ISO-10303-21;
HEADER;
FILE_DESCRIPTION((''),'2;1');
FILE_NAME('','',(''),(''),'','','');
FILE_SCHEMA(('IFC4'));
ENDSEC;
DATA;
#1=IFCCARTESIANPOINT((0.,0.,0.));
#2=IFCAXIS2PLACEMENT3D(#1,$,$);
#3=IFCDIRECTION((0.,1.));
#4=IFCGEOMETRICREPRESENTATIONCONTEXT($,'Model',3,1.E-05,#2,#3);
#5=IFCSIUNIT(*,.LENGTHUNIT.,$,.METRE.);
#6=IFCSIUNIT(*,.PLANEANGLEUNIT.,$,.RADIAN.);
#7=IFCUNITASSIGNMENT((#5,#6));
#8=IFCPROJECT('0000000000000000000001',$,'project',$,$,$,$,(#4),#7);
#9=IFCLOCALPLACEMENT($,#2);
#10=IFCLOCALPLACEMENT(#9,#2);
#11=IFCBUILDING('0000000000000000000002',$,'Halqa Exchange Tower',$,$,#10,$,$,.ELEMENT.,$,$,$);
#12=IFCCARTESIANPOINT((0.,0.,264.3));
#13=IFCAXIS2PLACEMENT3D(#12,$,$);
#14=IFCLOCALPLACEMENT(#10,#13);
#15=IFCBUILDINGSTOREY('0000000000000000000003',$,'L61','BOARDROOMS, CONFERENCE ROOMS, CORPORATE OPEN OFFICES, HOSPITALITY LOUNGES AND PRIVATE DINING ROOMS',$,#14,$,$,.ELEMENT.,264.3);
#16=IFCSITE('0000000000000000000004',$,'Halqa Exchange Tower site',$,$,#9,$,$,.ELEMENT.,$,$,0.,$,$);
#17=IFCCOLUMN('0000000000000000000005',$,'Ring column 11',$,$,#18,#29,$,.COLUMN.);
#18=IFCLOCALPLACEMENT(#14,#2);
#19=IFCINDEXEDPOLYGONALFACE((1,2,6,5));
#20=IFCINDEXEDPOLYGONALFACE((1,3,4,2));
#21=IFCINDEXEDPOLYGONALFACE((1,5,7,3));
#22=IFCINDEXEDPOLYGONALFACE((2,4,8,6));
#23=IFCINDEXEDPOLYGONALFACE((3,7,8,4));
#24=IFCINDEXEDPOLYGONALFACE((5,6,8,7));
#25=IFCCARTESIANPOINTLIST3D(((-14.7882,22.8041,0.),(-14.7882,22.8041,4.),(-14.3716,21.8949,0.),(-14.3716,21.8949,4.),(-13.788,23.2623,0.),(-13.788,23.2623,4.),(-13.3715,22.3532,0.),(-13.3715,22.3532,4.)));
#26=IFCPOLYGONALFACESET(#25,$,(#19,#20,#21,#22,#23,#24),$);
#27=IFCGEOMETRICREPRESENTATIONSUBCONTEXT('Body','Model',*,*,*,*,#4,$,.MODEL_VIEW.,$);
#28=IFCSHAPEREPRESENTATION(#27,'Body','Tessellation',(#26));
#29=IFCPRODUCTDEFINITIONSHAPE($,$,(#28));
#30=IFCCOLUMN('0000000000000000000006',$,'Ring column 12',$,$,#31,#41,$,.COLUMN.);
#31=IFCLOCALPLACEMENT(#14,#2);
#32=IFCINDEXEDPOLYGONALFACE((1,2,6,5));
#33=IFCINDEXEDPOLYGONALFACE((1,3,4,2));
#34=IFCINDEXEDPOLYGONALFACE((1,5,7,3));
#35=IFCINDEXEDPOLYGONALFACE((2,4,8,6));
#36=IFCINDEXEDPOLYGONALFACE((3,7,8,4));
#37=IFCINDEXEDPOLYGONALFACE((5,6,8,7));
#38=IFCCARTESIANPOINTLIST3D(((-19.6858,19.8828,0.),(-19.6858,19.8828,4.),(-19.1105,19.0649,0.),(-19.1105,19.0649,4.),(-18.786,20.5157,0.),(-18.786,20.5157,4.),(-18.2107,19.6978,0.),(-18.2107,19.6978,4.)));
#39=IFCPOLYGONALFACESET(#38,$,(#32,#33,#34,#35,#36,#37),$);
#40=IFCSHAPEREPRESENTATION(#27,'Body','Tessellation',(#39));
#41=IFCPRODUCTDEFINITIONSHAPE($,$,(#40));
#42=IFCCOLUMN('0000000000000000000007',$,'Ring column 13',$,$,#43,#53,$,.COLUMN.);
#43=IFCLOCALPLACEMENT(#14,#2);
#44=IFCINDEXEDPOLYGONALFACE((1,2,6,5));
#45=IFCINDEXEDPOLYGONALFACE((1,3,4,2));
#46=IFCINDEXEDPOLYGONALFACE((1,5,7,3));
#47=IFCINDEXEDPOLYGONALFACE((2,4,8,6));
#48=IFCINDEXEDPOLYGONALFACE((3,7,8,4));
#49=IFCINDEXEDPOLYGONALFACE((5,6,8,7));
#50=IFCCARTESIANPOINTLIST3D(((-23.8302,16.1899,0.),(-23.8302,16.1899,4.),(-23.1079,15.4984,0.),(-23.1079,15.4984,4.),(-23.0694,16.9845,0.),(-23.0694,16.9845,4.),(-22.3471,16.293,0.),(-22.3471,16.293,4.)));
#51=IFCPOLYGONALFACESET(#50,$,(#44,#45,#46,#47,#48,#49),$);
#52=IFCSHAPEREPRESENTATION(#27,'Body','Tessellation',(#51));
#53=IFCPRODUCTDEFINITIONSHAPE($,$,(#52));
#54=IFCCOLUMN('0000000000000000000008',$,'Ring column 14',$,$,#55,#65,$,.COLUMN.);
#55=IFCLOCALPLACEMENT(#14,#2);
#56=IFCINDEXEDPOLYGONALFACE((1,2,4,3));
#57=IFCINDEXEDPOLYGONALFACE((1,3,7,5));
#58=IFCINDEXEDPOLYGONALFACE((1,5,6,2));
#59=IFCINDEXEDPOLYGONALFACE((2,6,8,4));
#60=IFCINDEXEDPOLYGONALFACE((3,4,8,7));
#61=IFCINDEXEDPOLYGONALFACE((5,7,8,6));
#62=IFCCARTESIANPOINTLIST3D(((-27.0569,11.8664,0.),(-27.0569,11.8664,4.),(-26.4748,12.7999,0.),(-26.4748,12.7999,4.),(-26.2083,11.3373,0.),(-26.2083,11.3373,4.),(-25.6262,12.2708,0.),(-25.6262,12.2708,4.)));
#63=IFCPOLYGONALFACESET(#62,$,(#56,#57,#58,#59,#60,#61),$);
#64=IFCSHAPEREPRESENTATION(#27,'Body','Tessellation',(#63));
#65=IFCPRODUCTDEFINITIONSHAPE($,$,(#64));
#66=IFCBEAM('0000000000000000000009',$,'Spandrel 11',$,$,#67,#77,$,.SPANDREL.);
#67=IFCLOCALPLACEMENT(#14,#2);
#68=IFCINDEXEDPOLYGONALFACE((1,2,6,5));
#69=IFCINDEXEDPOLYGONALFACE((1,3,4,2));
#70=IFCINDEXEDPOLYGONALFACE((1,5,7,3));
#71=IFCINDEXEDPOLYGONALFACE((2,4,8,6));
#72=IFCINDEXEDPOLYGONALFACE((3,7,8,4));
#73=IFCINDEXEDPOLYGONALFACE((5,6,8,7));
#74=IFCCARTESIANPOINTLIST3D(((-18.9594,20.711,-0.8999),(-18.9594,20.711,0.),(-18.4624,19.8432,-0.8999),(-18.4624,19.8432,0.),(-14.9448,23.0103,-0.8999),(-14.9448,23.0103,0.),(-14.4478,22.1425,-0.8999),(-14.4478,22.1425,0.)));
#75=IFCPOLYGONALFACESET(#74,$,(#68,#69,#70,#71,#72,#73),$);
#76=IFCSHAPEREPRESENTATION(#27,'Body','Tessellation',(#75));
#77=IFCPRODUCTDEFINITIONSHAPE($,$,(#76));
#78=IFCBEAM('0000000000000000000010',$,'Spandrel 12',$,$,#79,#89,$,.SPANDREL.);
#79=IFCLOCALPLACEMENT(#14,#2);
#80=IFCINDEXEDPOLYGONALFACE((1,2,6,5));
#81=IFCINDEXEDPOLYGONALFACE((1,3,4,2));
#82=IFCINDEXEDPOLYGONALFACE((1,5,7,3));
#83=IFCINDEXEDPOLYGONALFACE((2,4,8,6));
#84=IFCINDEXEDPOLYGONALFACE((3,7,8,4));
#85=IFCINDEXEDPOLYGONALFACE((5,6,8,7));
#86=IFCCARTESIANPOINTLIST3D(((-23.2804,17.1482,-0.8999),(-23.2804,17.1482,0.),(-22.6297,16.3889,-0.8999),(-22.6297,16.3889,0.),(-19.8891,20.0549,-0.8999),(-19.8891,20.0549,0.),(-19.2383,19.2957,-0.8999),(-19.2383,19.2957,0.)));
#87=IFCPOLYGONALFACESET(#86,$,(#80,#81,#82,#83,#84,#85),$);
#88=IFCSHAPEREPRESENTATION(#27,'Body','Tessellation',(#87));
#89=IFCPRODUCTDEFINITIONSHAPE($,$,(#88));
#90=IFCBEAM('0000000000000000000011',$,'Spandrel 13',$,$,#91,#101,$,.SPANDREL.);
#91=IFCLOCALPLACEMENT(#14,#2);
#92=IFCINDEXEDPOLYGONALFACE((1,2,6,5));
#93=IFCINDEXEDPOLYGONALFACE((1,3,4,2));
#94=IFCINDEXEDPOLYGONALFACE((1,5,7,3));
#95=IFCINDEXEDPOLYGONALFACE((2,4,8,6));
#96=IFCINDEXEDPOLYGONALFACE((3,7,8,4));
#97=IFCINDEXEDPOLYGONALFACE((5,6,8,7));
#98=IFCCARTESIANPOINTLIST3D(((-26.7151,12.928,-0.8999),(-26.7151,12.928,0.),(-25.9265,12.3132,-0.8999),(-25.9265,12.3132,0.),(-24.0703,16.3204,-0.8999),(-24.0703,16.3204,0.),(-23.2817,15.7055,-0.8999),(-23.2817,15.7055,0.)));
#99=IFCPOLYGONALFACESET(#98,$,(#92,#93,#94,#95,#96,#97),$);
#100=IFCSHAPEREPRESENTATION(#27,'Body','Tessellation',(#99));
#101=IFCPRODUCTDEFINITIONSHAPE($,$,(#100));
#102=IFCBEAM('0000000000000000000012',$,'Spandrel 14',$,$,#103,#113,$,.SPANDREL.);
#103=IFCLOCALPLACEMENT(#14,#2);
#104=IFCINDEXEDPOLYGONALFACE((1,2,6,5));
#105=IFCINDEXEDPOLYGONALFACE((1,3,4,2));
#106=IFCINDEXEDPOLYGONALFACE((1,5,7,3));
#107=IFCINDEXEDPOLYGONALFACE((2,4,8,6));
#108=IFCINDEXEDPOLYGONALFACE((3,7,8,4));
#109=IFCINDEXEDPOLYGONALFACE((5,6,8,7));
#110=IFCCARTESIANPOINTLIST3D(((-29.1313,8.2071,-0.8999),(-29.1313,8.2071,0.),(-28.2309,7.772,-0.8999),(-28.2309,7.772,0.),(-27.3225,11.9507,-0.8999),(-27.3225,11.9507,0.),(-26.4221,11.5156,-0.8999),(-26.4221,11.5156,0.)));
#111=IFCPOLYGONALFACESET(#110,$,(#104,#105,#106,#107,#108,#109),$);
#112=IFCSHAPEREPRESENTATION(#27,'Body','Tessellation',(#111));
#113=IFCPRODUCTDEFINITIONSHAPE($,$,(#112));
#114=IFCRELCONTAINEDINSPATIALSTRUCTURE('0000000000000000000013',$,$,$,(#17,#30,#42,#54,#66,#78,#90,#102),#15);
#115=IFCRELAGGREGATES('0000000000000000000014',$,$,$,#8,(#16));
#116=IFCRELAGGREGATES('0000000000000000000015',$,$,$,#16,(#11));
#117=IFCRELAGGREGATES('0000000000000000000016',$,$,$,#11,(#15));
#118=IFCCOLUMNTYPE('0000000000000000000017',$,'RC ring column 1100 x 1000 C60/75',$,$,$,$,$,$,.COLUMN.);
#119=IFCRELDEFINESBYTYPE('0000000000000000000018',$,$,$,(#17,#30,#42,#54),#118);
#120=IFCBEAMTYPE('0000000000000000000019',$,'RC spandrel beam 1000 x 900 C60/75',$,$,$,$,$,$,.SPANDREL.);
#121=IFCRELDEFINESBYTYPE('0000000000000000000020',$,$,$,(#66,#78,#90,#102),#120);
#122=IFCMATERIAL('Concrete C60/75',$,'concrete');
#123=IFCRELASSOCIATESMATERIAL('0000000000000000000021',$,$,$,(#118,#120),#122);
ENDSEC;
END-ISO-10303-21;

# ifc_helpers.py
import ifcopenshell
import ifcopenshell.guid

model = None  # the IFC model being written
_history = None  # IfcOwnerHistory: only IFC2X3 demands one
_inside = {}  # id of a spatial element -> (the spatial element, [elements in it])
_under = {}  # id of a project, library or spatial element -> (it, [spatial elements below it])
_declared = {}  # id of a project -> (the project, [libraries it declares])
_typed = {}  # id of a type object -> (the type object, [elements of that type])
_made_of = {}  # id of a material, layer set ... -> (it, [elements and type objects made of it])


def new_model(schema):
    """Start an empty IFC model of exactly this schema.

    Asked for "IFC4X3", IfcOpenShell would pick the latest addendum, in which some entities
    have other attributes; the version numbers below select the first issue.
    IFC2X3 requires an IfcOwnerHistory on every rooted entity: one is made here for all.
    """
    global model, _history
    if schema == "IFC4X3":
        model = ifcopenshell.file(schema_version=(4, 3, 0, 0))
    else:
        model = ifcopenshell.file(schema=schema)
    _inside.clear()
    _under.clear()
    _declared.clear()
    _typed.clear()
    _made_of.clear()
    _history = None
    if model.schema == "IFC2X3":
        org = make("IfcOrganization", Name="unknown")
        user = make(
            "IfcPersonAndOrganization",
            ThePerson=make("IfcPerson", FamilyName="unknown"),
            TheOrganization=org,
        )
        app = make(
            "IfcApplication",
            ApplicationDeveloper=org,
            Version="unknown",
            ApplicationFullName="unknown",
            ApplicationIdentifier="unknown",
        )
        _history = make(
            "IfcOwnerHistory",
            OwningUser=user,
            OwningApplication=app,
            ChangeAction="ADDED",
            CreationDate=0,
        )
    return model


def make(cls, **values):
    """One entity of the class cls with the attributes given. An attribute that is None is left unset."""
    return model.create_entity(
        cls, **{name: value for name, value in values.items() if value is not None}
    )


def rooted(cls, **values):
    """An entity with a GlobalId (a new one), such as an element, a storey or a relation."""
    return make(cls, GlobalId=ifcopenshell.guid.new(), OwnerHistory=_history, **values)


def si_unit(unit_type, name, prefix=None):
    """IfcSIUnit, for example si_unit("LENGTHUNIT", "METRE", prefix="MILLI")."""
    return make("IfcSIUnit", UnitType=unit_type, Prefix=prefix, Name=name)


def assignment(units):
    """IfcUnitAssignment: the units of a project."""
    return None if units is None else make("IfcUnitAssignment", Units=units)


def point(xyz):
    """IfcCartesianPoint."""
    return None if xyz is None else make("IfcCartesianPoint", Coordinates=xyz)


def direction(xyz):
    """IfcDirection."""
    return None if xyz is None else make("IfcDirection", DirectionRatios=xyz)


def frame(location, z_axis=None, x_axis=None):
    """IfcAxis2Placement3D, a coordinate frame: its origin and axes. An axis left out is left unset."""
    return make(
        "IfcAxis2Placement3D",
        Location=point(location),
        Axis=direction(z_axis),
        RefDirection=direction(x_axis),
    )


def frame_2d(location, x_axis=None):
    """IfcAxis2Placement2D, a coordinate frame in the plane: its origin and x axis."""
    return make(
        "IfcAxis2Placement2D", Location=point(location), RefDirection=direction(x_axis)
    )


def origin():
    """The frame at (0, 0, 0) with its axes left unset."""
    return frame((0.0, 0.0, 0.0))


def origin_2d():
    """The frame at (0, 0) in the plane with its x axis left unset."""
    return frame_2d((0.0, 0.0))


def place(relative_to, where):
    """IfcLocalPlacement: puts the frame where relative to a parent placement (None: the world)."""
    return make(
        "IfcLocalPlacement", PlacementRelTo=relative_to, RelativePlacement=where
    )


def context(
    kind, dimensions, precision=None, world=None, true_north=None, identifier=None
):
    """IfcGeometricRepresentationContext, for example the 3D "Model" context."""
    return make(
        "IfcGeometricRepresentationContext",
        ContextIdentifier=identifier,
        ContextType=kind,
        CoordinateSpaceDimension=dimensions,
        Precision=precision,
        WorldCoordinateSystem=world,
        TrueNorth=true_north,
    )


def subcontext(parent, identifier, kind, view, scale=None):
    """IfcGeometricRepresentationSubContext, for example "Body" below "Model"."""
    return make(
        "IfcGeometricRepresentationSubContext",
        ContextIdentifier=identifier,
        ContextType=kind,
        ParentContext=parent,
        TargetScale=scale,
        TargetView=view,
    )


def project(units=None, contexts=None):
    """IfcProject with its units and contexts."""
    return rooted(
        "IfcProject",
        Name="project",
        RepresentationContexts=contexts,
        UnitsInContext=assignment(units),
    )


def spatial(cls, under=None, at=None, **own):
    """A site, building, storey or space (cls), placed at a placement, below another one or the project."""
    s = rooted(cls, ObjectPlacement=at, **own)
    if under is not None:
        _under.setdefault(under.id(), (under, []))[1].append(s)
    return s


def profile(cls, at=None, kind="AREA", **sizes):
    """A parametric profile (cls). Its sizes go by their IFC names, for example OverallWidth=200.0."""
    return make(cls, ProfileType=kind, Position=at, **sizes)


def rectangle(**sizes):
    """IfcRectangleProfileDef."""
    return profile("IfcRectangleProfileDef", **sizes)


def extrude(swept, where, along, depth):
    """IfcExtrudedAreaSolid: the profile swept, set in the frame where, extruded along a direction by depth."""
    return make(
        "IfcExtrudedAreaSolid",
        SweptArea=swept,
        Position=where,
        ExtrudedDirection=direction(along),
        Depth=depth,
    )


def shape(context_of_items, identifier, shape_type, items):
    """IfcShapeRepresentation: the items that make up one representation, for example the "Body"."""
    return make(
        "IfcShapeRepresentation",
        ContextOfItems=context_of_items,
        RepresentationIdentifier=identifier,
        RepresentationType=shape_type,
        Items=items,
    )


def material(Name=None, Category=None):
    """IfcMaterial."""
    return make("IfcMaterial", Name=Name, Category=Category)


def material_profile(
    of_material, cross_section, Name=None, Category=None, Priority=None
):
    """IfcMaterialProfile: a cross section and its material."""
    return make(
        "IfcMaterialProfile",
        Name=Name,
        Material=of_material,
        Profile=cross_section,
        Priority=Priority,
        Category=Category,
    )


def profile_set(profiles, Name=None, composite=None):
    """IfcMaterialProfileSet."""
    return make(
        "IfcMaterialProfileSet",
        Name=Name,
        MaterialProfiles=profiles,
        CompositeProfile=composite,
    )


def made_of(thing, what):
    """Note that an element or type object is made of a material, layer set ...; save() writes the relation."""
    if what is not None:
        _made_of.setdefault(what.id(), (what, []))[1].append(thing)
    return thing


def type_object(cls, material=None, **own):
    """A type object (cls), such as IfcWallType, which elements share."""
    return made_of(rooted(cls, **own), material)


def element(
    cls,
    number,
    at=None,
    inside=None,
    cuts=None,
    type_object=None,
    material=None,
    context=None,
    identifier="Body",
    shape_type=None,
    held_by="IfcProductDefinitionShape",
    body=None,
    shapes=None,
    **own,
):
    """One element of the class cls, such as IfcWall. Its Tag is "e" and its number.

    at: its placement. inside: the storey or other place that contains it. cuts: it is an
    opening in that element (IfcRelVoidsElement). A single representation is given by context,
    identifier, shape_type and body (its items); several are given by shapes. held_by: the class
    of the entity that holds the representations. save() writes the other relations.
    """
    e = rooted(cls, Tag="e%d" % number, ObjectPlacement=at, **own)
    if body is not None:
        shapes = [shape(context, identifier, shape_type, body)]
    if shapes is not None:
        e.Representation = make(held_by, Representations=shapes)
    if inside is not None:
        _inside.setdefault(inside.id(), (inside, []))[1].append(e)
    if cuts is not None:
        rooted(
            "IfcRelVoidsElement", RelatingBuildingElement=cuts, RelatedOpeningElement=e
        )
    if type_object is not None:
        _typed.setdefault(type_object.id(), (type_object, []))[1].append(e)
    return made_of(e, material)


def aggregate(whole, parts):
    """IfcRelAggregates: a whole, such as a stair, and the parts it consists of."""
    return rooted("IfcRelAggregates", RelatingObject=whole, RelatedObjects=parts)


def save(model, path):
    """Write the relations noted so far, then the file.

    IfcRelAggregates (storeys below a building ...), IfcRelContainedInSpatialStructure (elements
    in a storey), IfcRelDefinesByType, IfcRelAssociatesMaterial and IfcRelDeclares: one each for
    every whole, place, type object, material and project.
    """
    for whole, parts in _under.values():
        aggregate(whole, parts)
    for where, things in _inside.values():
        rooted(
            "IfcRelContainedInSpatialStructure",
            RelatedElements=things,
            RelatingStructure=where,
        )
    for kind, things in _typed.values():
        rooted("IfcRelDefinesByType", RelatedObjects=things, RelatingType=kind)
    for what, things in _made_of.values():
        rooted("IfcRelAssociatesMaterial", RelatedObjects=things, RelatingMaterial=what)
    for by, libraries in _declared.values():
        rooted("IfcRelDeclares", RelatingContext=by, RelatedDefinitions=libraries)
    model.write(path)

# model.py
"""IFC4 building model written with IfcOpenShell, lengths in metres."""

from ifc_helpers import new_model, si_unit, direction, frame, origin, origin_2d, place, context, subcontext, project, spatial, rectangle, extrude, material, material_profile, profile_set, type_object, element, save


model = new_model("IFC4")

# Units and contexts
model_context = context("Model", 3, precision=1e-05, world=origin(), true_north=direction((0.0, 1.0)))
body_context = subcontext(model_context, "Body", "Model", "MODEL_VIEW")
ifc_project = project(units=[si_unit("LENGTHUNIT", "METRE"), si_unit("PLANEANGLEUNIT", "RADIAN")], contexts=[model_context])

# Site, building, storey
site_placement = place(None, origin())
site = spatial("IfcSite", under=ifc_project, at=site_placement, Name="Halqa Exchange Tower site", CompositionType="ELEMENT", RefElevation=0.0)
building_placement = place(site_placement, origin())
building = spatial("IfcBuilding", under=site, at=building_placement, Name="Halqa Exchange Tower", CompositionType="ELEMENT")
storey_placement = place(building_placement, frame((0.0, 0.0, 264.3)))
storey = spatial("IfcBuildingStorey", under=building, at=storey_placement, Name="L61", Description="BOARDROOMS, CONFERENCE ROOMS, CORPORATE OPEN OFFICES, HOSPITALITY LOUNGES AND PRIVATE DINING ROOMS", CompositionType="ELEMENT", Elevation=264.3)

# Columns
ifc_material_1 = material(Name="Concrete C60/75", Category="concrete")
ifc_material_profile_1 = material_profile(ifc_material_1, rectangle(XDim=1.1001, YDim=1.0, at=origin_2d()), Name="1100 x 1000")
ifc_profile_set_1 = profile_set([ifc_material_profile_1], Name="Concrete C60/75")
column_type = type_object("IfcColumnType", Name="RC ring column 1100 x 1000 C60/75", PredefinedType="COLUMN", material=ifc_profile_set_1)
for number, where, z_axis, x_axis, name in (
    (1, (-14.0798, 22.5786, 0.0), (0.0, 0.0, 1.0), (-0.909127, -0.416519, 0.0), "Ring column 11"),
    (2, (-18.9482, 19.7903, 0.0), (0.0, 0.0, 1.0), (-0.817907, -0.575351, 0.0), "Ring column 12"),
    (3, (-23.0886, 16.2415, 0.0), (0.0, 0.0, 1.0), (-0.69158, -0.7223, 0.0), "Ring column 13"),
    (4, (-26.3416, 12.0686, 0.0), (0.0, 0.0, 1.0), (-0.529142, -0.848533, 0.0), "Ring column 14"),
):
    element("IfcColumn", number, at=place(storey_placement, frame(where, z_axis=z_axis, x_axis=x_axis)), inside=storey, type_object=column_type, Name=name, PredefinedType="COLUMN", context=body_context, shape_type="SweptSolid", body=[
        extrude(rectangle(XDim=1.1001, YDim=1.0, at=origin_2d()), origin(), (0.0, 0.0, 1.0), 4.0),
    ])

# Beams
ifc_material_profile_2 = material_profile(ifc_material_1, rectangle(XDim=1.0, YDim=0.8999, at=origin_2d()), Name="1000 x 900")
ifc_profile_set_2 = profile_set([ifc_material_profile_2], Name="Concrete C60/75")
beam_type = type_object("IfcBeamType", Name="RC spandrel beam 1000 x 900 C60/75", PredefinedType="SPANDREL", material=ifc_profile_set_2)
beam_1_placement = place(storey_placement, frame((-14.6963, 22.5764, -0.45), z_axis=(-0.867756, -0.496991, 0.0), x_axis=(0.496991, -0.867756, 0.0)))
element("IfcBeam", 5, at=beam_1_placement, inside=storey, type_object=beam_type, Name="Spandrel 11", PredefinedType="SPANDREL", context=body_context, shape_type="SweptSolid", body=[
    extrude(rectangle(XDim=1.0, YDim=0.8999, at=origin_2d()), origin(), (0.0, 0.0, 1.0), 4.6265),
])
beam_2_placement = place(storey_placement, frame((-19.5637, 19.6753, -0.45), z_axis=(-0.759272, -0.650773, 0.0), x_axis=(0.650773, -0.759272, 0.0)))
element("IfcBeam", 6, at=beam_2_placement, inside=storey, type_object=beam_type, Name="Spandrel 12", PredefinedType="SPANDREL", context=body_context, shape_type="SweptSolid", body=[
    extrude(rectangle(XDim=1.0, YDim=0.8999, at=origin_2d()), origin(), (0.0, 0.0, 1.0), 4.4666),
])
beam_3_placement = place(storey_placement, frame((-23.676, 16.0129, -0.45), z_axis=(-0.614852, -0.788643, 0.0), x_axis=(0.788643, -0.614852, 0.0)))
element("IfcBeam", 7, at=beam_3_placement, inside=storey, type_object=beam_type, Name="Spandrel 13", PredefinedType="SPANDREL", context=body_context, shape_type="SweptSolid", body=[
    extrude(rectangle(XDim=1.0, YDim=0.8999, at=origin_2d()), origin(), (0.0, 0.0, 1.0), 4.3015),
])
beam_4_placement = place(storey_placement, frame((-26.8723, 11.7332, -0.45), z_axis=(-0.435053, -0.900405, 0.0), x_axis=(0.900405, -0.435053, 0.0)))
element("IfcBeam", 8, at=beam_4_placement, inside=storey, type_object=beam_type, Name="Spandrel 14", PredefinedType="SPANDREL", context=body_context, shape_type="SweptSolid", body=[
    extrude(rectangle(XDim=1.0, YDim=0.8999, at=origin_2d()), origin(), (0.0, 0.0, 1.0), 4.1577),
])

save(model, "model.ifc")
